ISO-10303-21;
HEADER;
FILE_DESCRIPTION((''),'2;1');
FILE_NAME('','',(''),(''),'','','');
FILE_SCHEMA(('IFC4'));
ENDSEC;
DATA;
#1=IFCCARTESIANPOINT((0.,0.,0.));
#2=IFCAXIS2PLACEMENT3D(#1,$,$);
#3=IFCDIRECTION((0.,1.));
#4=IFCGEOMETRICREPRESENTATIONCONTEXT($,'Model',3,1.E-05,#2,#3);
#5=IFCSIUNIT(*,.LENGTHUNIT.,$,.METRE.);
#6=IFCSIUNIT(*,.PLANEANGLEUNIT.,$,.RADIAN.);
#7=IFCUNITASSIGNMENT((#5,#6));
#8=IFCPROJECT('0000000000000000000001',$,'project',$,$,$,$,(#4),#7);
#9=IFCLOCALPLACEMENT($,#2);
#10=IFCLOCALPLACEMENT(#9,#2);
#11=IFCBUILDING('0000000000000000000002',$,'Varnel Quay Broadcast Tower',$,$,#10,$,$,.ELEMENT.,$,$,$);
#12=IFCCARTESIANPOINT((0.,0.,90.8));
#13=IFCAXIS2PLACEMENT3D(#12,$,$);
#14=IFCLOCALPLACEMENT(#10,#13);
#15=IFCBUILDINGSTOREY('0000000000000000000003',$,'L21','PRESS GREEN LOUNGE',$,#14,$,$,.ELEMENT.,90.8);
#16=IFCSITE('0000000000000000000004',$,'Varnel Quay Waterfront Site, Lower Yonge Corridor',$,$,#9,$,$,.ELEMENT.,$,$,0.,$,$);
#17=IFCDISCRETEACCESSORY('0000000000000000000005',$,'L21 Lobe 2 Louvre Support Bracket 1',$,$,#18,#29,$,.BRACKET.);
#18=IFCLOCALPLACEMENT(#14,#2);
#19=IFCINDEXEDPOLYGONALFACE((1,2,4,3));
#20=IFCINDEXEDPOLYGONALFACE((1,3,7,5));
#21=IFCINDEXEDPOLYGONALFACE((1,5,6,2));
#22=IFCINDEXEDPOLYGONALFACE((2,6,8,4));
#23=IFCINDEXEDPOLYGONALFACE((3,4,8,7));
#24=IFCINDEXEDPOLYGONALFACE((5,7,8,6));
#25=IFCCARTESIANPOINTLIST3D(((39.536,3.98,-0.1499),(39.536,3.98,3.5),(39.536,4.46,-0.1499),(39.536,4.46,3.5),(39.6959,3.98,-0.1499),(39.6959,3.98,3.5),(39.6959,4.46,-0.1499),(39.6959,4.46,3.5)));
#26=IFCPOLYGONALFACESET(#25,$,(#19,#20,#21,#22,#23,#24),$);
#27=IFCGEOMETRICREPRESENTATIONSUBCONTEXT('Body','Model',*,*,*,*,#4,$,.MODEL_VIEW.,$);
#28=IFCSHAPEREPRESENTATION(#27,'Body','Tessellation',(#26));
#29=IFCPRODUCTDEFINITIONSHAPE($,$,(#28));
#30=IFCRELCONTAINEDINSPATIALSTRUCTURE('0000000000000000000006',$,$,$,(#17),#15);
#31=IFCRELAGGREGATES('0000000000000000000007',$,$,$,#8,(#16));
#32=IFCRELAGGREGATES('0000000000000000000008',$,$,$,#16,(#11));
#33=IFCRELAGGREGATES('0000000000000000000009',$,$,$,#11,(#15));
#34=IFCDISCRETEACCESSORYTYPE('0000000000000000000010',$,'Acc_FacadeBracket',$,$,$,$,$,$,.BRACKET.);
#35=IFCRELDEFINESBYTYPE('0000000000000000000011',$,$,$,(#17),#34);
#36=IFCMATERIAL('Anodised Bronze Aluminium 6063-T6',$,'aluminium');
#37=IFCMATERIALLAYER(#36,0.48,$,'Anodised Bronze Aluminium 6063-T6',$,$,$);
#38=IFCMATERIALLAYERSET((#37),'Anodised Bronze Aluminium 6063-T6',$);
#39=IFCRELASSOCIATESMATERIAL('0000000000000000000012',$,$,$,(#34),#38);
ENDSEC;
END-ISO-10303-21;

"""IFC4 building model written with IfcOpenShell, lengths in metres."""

from ifc_helpers import new_model, si_unit, direction, frame, origin, origin_2d, place, context, subcontext, project, spatial, rectangle, extrude, source, transform, mapped, material, layer, layer_set, type_object, type_shapes, element, save


model = new_model("IFC4")

# Units and contexts
model_context = context("Model", 3, precision=1e-05, world=origin(), true_north=direction((0.0, 1.0)))
body_context = subcontext(model_context, "Body", "Model", "MODEL_VIEW")
ifc_project = project(units=[si_unit("LENGTHUNIT", "METRE"), si_unit("PLANEANGLEUNIT", "RADIAN")], contexts=[model_context])

# Site, building, storey
site_placement = place(None, origin())
site = spatial("IfcSite", under=ifc_project, at=site_placement, Name="Varnel Quay Waterfront Site, Lower Yonge Corridor", CompositionType="ELEMENT", RefElevation=0.0)
building_placement = place(site_placement, origin())
building = spatial("IfcBuilding", under=site, at=building_placement, Name="Varnel Quay Broadcast Tower", CompositionType="ELEMENT")
storey_placement = place(building_placement, frame((0.0, 0.0, 90.8)))
storey = spatial("IfcBuildingStorey", under=building, at=storey_placement, Name="L21", Description="PRESS GREEN LOUNGE", CompositionType="ELEMENT", Elevation=90.8)

# Shared definitions
ifc_material_1 = material(Name="Anodised Bronze Aluminium 6063-T6", Category="aluminium")

# Discrete accessory
ifc_layer_1 = layer(ifc_material_1, 0.48, Name="Anodised Bronze Aluminium 6063-T6")
ifc_layer_set_1 = layer_set([ifc_layer_1], Name="Anodised Bronze Aluminium 6063-T6")
discrete_accessory_type = type_object("IfcDiscreteAccessoryType", Name="Acc_FacadeBracket", PredefinedType="BRACKET", material=ifc_layer_set_1)
shared_shape_1 = source(origin(), body_context, "Body", "SweptSolid", [
    extrude(rectangle(XDim=0.1599, YDim=0.48, at=origin_2d()), origin(), (0.0, 0.0, 1.0), 3.6499),
])
type_shapes(discrete_accessory_type, [shared_shape_1])
for number, where, z_axis, x_axis, name in (
    (1, (39.616, 4.22, -0.1499), (0.0, 0.0, 1.0), (1.0, 0.0, 0.0), "L21 Lobe 2 Louvre Support Bracket 1"),
):
    element("IfcDiscreteAccessory", number, at=place(storey_placement, frame(where, z_axis=z_axis, x_axis=x_axis)), inside=storey, type_object=discrete_accessory_type, Name=name, PredefinedType="BRACKET", context=body_context, shape_type="MappedRepresentation", body=[
        mapped(shared_shape_1, transform((0.0, 0.0, 0.0), x_axis=(1.0, 0.0, 0.0), y_axis=(0.0, 1.0, 0.0), z_axis=(0.0, 0.0, 1.0), scale=1.0)),
    ])

save(model, "model.ifc")
